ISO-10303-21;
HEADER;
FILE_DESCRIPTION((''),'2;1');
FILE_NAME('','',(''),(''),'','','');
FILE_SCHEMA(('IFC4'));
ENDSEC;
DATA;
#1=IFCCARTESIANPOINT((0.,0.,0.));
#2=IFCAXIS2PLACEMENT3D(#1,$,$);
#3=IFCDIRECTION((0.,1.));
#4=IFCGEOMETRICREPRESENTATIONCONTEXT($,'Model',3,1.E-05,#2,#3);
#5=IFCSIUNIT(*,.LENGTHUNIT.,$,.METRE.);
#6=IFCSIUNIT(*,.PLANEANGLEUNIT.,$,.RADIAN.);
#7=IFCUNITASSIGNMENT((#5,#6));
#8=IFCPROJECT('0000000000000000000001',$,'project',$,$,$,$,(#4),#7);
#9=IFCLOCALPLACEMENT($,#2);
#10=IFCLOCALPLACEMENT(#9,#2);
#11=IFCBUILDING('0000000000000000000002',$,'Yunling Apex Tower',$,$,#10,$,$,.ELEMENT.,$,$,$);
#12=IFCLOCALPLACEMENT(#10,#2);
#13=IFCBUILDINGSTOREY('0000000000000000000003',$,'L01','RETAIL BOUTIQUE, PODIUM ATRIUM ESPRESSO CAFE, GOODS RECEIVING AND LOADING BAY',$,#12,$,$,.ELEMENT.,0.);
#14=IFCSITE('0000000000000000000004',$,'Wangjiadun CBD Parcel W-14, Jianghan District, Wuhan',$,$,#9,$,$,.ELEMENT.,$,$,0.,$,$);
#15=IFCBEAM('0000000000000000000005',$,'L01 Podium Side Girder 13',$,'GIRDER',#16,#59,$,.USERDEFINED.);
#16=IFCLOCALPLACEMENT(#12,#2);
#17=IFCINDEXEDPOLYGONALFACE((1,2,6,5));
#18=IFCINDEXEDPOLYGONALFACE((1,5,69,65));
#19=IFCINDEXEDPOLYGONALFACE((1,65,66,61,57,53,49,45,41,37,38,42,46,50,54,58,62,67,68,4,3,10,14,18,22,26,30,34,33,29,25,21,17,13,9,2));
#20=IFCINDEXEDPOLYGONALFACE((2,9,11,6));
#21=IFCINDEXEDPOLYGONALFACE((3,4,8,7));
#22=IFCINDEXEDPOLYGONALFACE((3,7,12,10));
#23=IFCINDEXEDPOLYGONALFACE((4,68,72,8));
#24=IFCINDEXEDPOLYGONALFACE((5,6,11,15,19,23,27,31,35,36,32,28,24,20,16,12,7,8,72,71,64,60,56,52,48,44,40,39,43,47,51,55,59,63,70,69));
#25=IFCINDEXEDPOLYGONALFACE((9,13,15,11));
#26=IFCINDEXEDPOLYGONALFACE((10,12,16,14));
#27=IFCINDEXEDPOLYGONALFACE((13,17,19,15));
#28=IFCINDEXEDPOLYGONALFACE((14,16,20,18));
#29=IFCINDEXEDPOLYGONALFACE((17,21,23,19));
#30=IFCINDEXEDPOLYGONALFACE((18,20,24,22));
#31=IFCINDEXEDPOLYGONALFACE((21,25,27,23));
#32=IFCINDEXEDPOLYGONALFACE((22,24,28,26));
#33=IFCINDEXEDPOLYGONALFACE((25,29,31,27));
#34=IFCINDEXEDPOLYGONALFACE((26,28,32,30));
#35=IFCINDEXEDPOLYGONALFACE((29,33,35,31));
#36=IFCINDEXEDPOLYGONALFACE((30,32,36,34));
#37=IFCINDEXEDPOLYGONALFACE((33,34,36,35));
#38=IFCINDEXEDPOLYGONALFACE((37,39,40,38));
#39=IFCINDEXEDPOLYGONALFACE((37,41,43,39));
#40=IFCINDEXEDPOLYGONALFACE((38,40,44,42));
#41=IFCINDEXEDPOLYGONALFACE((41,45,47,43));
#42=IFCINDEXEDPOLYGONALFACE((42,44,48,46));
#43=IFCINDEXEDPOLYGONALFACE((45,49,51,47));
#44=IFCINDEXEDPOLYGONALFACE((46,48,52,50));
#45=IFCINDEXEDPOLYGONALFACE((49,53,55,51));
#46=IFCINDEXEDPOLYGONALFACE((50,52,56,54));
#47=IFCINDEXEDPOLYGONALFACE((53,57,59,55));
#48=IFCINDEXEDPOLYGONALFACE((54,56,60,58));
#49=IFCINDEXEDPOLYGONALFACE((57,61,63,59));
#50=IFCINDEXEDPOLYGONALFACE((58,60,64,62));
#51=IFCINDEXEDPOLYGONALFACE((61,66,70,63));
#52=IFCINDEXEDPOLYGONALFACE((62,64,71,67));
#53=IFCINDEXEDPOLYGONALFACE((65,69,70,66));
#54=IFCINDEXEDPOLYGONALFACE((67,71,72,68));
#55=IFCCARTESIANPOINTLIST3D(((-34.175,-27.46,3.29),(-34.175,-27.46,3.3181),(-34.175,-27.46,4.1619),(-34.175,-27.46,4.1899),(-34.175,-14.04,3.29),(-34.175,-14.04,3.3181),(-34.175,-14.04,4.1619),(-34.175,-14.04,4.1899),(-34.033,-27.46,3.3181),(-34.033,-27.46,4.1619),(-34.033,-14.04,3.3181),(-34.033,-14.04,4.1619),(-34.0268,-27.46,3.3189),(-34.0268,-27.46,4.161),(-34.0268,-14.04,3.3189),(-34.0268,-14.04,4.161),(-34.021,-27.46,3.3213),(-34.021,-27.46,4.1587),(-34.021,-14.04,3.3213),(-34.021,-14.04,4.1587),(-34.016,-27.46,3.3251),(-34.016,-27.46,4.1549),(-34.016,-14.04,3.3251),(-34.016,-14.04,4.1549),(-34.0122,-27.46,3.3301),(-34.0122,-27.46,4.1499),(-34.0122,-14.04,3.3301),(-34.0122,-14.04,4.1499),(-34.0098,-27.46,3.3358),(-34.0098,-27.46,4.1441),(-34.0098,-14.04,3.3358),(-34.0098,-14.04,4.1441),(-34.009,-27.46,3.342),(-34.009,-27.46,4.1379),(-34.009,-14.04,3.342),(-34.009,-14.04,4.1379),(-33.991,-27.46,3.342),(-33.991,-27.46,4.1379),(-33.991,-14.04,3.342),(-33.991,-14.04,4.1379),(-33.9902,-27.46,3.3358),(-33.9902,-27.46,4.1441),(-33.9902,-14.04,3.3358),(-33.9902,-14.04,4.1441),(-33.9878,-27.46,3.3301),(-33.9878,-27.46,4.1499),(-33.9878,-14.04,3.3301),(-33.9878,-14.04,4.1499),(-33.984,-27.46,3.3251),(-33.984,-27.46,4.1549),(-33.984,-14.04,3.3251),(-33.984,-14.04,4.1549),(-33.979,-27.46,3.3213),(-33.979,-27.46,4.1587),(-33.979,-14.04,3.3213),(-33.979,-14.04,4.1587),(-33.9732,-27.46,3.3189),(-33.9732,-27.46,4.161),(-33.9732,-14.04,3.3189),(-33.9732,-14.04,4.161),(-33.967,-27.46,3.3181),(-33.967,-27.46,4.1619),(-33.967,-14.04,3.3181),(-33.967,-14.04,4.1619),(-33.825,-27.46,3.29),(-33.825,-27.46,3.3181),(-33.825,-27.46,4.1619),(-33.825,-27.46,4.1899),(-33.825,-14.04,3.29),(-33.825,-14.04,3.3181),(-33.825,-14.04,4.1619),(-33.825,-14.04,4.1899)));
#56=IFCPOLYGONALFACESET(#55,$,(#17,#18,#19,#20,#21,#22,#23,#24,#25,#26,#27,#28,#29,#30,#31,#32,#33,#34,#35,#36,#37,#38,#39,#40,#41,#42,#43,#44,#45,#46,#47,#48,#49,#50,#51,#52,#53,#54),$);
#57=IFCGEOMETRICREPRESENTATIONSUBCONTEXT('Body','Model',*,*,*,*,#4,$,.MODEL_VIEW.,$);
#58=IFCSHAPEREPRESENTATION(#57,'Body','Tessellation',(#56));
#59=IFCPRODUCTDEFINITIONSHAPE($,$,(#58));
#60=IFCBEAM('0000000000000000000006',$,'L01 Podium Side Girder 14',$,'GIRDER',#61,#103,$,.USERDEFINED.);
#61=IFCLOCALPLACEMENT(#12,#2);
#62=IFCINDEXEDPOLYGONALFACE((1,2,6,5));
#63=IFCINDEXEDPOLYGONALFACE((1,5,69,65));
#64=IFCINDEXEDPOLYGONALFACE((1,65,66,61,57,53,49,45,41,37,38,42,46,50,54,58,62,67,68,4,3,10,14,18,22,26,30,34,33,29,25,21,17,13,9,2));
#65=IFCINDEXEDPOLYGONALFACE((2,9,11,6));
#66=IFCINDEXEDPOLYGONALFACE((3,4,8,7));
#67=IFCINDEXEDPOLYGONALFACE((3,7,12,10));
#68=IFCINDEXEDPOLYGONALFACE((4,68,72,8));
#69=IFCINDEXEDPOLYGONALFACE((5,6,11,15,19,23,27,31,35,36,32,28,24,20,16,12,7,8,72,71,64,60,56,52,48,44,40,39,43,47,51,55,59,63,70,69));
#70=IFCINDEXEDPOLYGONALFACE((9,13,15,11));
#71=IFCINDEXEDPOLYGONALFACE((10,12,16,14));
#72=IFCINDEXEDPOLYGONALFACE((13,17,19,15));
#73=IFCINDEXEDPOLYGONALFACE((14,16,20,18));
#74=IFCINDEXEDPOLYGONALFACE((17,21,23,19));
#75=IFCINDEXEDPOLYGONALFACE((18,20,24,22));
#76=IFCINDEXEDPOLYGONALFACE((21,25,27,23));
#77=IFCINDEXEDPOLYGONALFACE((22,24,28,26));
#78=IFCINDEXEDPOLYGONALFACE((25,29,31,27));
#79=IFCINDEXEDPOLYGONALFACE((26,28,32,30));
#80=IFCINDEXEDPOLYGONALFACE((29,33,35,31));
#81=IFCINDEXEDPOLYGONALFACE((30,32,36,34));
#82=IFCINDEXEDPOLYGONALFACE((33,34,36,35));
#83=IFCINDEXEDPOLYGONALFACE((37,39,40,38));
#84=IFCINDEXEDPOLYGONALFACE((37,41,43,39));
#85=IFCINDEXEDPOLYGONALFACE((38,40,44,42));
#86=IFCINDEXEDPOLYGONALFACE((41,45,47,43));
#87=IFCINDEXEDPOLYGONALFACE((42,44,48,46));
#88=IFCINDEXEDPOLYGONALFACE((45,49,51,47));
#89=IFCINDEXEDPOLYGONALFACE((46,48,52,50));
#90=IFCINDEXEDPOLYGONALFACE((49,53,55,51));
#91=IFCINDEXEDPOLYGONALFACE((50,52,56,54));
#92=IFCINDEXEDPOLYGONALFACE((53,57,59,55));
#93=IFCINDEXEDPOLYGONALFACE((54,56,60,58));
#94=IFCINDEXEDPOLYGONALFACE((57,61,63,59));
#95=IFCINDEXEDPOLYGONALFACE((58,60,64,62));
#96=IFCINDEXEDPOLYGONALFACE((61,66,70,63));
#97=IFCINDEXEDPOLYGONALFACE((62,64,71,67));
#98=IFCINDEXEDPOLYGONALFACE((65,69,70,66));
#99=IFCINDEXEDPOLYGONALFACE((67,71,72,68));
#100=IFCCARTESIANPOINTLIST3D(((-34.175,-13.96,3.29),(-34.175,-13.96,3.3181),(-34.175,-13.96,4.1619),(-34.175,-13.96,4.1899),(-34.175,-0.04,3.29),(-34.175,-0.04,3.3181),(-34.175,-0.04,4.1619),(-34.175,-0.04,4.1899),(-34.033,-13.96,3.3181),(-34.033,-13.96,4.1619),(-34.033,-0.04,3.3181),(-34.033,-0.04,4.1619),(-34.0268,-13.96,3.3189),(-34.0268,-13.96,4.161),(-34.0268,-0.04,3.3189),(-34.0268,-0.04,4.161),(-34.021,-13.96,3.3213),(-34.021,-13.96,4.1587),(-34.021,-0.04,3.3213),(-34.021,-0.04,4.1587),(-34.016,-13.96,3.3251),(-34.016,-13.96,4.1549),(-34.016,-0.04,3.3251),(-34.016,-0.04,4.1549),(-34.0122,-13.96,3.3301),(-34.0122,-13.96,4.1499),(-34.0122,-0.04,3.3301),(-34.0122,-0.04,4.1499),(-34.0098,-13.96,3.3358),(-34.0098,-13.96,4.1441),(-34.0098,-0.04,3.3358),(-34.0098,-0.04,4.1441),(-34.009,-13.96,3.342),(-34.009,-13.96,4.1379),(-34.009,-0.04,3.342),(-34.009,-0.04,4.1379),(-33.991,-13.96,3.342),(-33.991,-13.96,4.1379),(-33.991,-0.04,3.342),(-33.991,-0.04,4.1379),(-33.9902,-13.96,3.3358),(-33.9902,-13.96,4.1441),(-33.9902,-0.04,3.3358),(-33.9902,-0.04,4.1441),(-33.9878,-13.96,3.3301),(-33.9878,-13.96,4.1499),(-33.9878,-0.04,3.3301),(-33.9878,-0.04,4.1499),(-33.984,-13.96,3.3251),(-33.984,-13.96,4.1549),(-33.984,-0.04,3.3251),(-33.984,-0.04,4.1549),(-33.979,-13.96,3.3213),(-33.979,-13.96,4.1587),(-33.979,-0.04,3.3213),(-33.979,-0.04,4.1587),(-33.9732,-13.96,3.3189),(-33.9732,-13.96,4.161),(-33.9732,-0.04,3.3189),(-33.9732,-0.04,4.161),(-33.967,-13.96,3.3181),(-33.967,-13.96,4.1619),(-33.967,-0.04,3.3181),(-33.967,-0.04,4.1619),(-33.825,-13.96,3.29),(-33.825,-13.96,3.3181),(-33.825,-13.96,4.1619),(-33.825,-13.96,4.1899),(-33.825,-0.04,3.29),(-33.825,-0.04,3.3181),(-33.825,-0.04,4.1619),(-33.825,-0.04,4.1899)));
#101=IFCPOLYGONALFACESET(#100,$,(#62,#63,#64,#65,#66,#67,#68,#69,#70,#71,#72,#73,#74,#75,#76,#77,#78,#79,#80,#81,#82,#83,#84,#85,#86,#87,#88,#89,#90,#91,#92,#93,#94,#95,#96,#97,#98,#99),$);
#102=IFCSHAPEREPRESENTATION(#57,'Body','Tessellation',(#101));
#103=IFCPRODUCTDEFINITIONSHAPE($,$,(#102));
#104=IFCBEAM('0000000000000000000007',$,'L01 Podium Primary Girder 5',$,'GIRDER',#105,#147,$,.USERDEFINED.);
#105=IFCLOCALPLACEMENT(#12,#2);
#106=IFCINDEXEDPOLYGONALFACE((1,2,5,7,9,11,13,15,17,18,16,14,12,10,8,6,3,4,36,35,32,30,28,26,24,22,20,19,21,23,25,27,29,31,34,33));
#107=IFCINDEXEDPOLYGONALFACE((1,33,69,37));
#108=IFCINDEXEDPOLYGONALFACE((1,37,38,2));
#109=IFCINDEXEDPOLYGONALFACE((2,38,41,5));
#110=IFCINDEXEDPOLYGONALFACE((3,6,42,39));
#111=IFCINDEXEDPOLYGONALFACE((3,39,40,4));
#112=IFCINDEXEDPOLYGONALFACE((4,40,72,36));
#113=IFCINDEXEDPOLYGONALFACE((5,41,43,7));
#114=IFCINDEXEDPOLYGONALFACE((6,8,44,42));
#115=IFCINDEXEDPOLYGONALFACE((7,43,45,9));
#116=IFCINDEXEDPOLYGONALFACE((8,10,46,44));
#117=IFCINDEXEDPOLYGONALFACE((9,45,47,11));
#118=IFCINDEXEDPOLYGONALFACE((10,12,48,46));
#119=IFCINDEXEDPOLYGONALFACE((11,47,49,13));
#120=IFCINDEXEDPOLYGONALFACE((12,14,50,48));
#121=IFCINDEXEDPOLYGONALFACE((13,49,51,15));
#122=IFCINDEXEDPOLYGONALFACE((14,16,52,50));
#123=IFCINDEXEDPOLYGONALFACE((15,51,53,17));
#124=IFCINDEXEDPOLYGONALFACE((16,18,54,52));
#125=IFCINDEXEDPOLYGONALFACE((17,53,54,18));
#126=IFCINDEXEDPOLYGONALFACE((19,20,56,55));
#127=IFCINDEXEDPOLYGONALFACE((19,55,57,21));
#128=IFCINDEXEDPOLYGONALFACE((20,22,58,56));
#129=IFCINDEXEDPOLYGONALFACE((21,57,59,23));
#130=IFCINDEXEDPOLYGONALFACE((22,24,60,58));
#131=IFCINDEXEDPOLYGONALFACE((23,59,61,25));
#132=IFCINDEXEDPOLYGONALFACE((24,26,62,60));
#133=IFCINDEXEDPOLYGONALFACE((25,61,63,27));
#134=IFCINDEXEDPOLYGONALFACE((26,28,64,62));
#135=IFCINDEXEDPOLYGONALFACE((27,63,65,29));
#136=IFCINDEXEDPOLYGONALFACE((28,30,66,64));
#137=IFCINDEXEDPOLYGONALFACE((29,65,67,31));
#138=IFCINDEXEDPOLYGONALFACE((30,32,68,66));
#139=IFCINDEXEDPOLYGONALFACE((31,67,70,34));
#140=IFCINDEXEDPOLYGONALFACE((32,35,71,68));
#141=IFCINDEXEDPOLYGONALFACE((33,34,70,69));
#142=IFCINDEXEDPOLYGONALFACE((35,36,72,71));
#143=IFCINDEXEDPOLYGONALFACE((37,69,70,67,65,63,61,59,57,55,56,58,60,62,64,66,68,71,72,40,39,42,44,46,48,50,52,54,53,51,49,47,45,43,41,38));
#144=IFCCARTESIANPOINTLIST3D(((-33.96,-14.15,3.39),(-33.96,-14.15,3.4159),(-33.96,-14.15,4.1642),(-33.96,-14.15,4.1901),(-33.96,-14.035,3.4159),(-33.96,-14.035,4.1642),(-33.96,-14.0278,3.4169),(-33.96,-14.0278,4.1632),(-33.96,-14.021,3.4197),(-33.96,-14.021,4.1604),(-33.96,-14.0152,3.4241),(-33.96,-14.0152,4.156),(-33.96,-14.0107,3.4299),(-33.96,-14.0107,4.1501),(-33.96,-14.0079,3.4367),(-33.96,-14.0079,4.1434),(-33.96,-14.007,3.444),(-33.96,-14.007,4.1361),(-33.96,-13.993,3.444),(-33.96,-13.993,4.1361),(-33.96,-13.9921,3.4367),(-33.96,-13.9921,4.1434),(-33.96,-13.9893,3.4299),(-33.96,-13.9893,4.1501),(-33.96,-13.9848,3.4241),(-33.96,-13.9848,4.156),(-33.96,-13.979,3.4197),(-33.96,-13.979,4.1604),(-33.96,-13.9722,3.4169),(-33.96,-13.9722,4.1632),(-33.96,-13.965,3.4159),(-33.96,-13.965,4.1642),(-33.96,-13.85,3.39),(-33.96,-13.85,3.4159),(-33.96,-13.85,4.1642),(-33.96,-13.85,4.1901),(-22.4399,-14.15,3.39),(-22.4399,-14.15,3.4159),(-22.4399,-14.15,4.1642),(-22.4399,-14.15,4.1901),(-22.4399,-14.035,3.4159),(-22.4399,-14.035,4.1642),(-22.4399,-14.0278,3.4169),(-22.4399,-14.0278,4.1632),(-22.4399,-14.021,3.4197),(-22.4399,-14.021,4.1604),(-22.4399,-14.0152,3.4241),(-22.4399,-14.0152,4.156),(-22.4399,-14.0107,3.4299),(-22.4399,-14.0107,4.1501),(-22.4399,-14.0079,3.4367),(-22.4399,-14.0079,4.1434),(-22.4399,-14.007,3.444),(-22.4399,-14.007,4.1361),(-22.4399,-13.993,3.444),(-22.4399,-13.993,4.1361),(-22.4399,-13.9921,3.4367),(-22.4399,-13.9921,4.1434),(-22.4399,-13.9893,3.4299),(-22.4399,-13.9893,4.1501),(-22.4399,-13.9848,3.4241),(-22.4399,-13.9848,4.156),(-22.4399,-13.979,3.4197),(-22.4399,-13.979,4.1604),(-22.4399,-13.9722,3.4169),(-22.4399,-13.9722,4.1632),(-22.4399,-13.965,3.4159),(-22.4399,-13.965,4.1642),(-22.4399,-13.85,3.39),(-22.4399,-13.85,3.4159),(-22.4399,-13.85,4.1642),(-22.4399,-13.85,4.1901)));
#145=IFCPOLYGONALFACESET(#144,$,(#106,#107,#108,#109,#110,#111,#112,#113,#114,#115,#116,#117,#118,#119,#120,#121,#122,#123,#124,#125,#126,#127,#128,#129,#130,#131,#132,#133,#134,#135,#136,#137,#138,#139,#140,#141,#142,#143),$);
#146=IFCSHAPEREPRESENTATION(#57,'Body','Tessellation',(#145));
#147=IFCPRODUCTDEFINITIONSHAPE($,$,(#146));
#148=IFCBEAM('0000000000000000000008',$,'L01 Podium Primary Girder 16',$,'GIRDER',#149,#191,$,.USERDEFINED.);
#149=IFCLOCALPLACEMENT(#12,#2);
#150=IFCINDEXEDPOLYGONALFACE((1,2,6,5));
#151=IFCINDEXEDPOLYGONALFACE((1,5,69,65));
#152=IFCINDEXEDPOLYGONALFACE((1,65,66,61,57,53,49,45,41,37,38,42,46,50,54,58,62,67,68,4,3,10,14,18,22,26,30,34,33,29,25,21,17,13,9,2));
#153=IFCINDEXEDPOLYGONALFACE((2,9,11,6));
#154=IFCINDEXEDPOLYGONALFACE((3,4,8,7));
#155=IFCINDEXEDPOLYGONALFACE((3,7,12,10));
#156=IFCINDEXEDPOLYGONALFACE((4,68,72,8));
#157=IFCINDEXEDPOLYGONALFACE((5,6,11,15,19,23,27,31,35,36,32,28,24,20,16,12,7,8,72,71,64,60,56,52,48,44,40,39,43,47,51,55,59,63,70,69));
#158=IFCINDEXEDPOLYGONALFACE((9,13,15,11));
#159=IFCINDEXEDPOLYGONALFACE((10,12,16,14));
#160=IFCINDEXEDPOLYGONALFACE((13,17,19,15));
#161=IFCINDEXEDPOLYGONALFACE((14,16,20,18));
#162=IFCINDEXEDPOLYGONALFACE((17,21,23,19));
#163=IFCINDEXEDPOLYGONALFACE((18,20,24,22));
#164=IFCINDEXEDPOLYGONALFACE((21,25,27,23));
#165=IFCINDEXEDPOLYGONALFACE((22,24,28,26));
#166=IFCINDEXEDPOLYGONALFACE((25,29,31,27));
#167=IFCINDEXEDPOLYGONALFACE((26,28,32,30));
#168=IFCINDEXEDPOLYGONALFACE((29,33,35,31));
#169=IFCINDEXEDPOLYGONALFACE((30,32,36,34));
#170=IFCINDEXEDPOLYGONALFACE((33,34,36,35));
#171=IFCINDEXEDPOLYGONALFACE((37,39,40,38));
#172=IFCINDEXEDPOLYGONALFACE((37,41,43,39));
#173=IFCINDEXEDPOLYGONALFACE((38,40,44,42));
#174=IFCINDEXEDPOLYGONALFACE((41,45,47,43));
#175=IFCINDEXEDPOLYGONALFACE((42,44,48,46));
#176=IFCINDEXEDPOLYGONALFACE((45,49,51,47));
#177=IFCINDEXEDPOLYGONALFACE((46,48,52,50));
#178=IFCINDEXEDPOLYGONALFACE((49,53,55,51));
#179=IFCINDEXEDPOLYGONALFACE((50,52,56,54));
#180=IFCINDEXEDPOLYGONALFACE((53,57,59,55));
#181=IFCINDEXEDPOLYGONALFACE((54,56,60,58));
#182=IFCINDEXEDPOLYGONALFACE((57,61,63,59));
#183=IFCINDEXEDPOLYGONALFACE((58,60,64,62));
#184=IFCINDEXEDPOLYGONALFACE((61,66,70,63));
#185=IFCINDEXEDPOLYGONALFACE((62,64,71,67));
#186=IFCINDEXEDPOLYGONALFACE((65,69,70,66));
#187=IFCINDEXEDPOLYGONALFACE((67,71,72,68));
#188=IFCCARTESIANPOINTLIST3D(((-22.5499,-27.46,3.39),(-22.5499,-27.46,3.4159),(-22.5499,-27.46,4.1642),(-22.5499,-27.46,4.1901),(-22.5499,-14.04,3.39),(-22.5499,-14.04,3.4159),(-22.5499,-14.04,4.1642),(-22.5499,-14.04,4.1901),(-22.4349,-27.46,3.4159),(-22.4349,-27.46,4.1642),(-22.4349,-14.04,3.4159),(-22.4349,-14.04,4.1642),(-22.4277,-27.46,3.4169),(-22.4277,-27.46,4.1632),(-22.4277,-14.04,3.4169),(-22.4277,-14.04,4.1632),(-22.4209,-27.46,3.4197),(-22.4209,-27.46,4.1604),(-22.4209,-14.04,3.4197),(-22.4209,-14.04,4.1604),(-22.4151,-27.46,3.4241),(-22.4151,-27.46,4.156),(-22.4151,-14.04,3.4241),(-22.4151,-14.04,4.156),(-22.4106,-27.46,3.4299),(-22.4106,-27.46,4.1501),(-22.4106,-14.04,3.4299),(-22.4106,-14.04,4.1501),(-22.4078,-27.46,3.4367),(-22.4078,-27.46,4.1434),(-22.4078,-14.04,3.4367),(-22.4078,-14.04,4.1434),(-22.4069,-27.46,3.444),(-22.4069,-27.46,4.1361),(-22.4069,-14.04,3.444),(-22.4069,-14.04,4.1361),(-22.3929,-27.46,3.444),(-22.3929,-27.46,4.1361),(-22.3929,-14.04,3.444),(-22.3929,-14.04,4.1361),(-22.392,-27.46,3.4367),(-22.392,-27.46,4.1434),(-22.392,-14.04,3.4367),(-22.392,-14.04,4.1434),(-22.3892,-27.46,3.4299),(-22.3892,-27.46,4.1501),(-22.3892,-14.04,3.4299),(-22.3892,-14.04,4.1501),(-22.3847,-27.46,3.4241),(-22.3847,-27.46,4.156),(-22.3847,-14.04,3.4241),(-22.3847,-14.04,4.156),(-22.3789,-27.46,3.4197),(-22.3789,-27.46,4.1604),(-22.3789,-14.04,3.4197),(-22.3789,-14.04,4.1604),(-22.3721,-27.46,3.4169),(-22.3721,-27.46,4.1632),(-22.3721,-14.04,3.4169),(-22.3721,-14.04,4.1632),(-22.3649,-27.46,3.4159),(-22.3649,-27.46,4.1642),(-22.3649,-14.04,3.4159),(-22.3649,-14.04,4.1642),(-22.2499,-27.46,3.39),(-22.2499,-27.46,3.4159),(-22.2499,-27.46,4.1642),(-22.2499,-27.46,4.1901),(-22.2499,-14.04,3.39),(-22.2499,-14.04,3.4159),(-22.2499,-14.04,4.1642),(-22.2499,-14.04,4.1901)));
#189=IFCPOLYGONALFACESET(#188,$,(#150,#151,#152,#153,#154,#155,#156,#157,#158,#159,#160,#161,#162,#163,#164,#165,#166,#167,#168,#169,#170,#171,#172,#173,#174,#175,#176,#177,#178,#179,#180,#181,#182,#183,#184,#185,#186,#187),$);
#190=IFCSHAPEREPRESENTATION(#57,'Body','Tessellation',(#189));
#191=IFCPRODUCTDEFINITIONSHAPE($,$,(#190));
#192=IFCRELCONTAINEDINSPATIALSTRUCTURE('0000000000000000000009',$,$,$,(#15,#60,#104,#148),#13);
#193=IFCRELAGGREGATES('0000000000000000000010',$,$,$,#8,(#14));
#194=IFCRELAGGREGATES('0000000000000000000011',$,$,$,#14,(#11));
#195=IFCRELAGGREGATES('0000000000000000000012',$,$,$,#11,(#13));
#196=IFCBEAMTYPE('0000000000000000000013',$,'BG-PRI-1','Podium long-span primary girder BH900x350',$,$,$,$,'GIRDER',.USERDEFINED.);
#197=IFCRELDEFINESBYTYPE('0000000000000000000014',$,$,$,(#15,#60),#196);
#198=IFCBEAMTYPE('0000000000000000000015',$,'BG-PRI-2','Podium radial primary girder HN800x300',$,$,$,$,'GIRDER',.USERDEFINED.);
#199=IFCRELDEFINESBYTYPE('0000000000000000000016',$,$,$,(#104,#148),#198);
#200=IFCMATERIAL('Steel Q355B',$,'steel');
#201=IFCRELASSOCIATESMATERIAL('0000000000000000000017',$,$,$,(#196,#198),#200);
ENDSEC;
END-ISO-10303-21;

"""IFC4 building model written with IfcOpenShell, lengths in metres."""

from ifc_helpers import new_model, si_unit, direction, frame, origin, origin_2d, place, context, subcontext, project, spatial, i_section, extrude, source, transform, mapped, material, material_profile, profile_set, type_object, element, save


model = new_model("IFC4")

# Units and contexts
model_context = context("Model", 3, precision=1e-05, world=origin(), true_north=direction((0.0, 1.0)))
body_context = subcontext(model_context, "Body", "Model", "MODEL_VIEW")
ifc_project = project(units=[si_unit("LENGTHUNIT", "METRE"), si_unit("PLANEANGLEUNIT", "RADIAN")], contexts=[model_context])

# Site, building, storey
site_placement = place(None, origin())
site = spatial("IfcSite", under=ifc_project, at=site_placement, Name="Wangjiadun CBD Parcel W-14, Jianghan District, Wuhan", CompositionType="ELEMENT", RefElevation=0.0)
building_placement = place(site_placement, origin())
building = spatial("IfcBuilding", under=site, at=building_placement, Name="Yunling Apex Tower", CompositionType="ELEMENT")
storey_placement = place(building_placement, origin())
storey = spatial("IfcBuildingStorey", under=building, at=storey_placement, Name="L01", Description="RETAIL BOUTIQUE, PODIUM ATRIUM ESPRESSO CAFE, GOODS RECEIVING AND LOADING BAY", CompositionType="ELEMENT", Elevation=0.0)

# Beams
ifc_material_1 = material(Name="Steel Q355B", Category="steel")
ifc_material_profile_1 = material_profile(ifc_material_1, i_section(OverallWidth=0.3501, OverallDepth=0.8999, WebThickness=0.0181, FlangeThickness=0.0281, FilletRadius=0.0239, at=origin_2d()))
ifc_profile_set_1 = profile_set([ifc_material_profile_1], Name="Steel Q355B")
beam_type_1 = type_object("IfcBeamType", Name="BG-PRI-1", Description="Podium long-span primary girder BH900x350", ElementType="GIRDER", PredefinedType="USERDEFINED", material=ifc_profile_set_1)
shared_shape_1 = source(origin(), body_context, "Body", "SweptSolid", [
    extrude(i_section(OverallWidth=0.3501, OverallDepth=0.8999, WebThickness=0.0181, FlangeThickness=0.0281, FilletRadius=0.0239, at=origin_2d()), origin(), (0.0, 0.0, 1.0), 13.4199),
])
beam_1_placement = place(storey_placement, frame((-34.0, -27.46, 3.74), z_axis=(0.0, 1.0, 0.0), x_axis=(-1.0, 0.0, 0.0)))
element("IfcBeam", 1, at=beam_1_placement, inside=storey, type_object=beam_type_1, Name="L01 Podium Side Girder 13", ObjectType="GIRDER", PredefinedType="USERDEFINED", context=body_context, shape_type="MappedRepresentation", body=[
    mapped(shared_shape_1, transform((0.0, 0.0, 0.0), scale=1.0)),
])
shared_shape_2 = source(origin(), body_context, "Body", "SweptSolid", [
    extrude(i_section(OverallWidth=0.3501, OverallDepth=0.8999, WebThickness=0.0181, FlangeThickness=0.0281, FilletRadius=0.0239, at=origin_2d()), origin(), (0.0, 0.0, 1.0), 13.9199),
])
beam_2_placement = place(storey_placement, frame((-34.0, -13.96, 3.74), z_axis=(0.0, 1.0, 0.0), x_axis=(-1.0, 0.0, 0.0)))
element("IfcBeam", 2, at=beam_2_placement, inside=storey, type_object=beam_type_1, Name="L01 Podium Side Girder 14", ObjectType="GIRDER", PredefinedType="USERDEFINED", context=body_context, shape_type="MappedRepresentation", body=[
    mapped(shared_shape_2, transform((0.0, 0.0, 0.0), scale=1.0)),
])
ifc_material_profile_2 = material_profile(ifc_material_1, i_section(OverallWidth=0.3, OverallDepth=0.8, WebThickness=0.0139, FlangeThickness=0.0259, FilletRadius=0.0281, at=origin_2d()))
ifc_profile_set_2 = profile_set([ifc_material_profile_2], Name="Steel Q355B")
beam_type_2 = type_object("IfcBeamType", Name="BG-PRI-2", Description="Podium radial primary girder HN800x300", ElementType="GIRDER", PredefinedType="USERDEFINED", material=ifc_profile_set_2)
shared_shape_3 = source(origin(), body_context, "Body", "SweptSolid", [
    extrude(i_section(OverallWidth=0.3, OverallDepth=0.8, WebThickness=0.0139, FlangeThickness=0.0259, FilletRadius=0.0281, at=origin_2d()), origin(), (0.0, 0.0, 1.0), 11.52),
])
beam_3_placement = place(storey_placement, frame((-33.96, -14.0, 3.79), z_axis=(1.0, 0.0, 0.0), x_axis=(0.0, 1.0, 0.0)))
element("IfcBeam", 3, at=beam_3_placement, inside=storey, type_object=beam_type_2, Name="L01 Podium Primary Girder 5", ObjectType="GIRDER", PredefinedType="USERDEFINED", context=body_context, shape_type="MappedRepresentation", body=[
    mapped(shared_shape_3, transform((0.0, 0.0, 0.0), scale=1.0)),
])
shared_shape_4 = source(origin(), body_context, "Body", "SweptSolid", [
    extrude(i_section(OverallWidth=0.3, OverallDepth=0.8, WebThickness=0.0139, FlangeThickness=0.0259, FilletRadius=0.0281, at=origin_2d()), origin(), (0.0, 0.0, 1.0), 13.4199),
])
beam_4_placement = place(storey_placement, frame((-22.3999, -14.04, 3.79), z_axis=(0.0, -1.0, 0.0), x_axis=(1.0, 0.0, 0.0)))
element("IfcBeam", 4, at=beam_4_placement, inside=storey, type_object=beam_type_2, Name="L01 Podium Primary Girder 16", ObjectType="GIRDER", PredefinedType="USERDEFINED", context=body_context, shape_type="MappedRepresentation", body=[
    mapped(shared_shape_4, transform((0.0, 0.0, 0.0), scale=1.0)),
])

save(model, "model.ifc")
